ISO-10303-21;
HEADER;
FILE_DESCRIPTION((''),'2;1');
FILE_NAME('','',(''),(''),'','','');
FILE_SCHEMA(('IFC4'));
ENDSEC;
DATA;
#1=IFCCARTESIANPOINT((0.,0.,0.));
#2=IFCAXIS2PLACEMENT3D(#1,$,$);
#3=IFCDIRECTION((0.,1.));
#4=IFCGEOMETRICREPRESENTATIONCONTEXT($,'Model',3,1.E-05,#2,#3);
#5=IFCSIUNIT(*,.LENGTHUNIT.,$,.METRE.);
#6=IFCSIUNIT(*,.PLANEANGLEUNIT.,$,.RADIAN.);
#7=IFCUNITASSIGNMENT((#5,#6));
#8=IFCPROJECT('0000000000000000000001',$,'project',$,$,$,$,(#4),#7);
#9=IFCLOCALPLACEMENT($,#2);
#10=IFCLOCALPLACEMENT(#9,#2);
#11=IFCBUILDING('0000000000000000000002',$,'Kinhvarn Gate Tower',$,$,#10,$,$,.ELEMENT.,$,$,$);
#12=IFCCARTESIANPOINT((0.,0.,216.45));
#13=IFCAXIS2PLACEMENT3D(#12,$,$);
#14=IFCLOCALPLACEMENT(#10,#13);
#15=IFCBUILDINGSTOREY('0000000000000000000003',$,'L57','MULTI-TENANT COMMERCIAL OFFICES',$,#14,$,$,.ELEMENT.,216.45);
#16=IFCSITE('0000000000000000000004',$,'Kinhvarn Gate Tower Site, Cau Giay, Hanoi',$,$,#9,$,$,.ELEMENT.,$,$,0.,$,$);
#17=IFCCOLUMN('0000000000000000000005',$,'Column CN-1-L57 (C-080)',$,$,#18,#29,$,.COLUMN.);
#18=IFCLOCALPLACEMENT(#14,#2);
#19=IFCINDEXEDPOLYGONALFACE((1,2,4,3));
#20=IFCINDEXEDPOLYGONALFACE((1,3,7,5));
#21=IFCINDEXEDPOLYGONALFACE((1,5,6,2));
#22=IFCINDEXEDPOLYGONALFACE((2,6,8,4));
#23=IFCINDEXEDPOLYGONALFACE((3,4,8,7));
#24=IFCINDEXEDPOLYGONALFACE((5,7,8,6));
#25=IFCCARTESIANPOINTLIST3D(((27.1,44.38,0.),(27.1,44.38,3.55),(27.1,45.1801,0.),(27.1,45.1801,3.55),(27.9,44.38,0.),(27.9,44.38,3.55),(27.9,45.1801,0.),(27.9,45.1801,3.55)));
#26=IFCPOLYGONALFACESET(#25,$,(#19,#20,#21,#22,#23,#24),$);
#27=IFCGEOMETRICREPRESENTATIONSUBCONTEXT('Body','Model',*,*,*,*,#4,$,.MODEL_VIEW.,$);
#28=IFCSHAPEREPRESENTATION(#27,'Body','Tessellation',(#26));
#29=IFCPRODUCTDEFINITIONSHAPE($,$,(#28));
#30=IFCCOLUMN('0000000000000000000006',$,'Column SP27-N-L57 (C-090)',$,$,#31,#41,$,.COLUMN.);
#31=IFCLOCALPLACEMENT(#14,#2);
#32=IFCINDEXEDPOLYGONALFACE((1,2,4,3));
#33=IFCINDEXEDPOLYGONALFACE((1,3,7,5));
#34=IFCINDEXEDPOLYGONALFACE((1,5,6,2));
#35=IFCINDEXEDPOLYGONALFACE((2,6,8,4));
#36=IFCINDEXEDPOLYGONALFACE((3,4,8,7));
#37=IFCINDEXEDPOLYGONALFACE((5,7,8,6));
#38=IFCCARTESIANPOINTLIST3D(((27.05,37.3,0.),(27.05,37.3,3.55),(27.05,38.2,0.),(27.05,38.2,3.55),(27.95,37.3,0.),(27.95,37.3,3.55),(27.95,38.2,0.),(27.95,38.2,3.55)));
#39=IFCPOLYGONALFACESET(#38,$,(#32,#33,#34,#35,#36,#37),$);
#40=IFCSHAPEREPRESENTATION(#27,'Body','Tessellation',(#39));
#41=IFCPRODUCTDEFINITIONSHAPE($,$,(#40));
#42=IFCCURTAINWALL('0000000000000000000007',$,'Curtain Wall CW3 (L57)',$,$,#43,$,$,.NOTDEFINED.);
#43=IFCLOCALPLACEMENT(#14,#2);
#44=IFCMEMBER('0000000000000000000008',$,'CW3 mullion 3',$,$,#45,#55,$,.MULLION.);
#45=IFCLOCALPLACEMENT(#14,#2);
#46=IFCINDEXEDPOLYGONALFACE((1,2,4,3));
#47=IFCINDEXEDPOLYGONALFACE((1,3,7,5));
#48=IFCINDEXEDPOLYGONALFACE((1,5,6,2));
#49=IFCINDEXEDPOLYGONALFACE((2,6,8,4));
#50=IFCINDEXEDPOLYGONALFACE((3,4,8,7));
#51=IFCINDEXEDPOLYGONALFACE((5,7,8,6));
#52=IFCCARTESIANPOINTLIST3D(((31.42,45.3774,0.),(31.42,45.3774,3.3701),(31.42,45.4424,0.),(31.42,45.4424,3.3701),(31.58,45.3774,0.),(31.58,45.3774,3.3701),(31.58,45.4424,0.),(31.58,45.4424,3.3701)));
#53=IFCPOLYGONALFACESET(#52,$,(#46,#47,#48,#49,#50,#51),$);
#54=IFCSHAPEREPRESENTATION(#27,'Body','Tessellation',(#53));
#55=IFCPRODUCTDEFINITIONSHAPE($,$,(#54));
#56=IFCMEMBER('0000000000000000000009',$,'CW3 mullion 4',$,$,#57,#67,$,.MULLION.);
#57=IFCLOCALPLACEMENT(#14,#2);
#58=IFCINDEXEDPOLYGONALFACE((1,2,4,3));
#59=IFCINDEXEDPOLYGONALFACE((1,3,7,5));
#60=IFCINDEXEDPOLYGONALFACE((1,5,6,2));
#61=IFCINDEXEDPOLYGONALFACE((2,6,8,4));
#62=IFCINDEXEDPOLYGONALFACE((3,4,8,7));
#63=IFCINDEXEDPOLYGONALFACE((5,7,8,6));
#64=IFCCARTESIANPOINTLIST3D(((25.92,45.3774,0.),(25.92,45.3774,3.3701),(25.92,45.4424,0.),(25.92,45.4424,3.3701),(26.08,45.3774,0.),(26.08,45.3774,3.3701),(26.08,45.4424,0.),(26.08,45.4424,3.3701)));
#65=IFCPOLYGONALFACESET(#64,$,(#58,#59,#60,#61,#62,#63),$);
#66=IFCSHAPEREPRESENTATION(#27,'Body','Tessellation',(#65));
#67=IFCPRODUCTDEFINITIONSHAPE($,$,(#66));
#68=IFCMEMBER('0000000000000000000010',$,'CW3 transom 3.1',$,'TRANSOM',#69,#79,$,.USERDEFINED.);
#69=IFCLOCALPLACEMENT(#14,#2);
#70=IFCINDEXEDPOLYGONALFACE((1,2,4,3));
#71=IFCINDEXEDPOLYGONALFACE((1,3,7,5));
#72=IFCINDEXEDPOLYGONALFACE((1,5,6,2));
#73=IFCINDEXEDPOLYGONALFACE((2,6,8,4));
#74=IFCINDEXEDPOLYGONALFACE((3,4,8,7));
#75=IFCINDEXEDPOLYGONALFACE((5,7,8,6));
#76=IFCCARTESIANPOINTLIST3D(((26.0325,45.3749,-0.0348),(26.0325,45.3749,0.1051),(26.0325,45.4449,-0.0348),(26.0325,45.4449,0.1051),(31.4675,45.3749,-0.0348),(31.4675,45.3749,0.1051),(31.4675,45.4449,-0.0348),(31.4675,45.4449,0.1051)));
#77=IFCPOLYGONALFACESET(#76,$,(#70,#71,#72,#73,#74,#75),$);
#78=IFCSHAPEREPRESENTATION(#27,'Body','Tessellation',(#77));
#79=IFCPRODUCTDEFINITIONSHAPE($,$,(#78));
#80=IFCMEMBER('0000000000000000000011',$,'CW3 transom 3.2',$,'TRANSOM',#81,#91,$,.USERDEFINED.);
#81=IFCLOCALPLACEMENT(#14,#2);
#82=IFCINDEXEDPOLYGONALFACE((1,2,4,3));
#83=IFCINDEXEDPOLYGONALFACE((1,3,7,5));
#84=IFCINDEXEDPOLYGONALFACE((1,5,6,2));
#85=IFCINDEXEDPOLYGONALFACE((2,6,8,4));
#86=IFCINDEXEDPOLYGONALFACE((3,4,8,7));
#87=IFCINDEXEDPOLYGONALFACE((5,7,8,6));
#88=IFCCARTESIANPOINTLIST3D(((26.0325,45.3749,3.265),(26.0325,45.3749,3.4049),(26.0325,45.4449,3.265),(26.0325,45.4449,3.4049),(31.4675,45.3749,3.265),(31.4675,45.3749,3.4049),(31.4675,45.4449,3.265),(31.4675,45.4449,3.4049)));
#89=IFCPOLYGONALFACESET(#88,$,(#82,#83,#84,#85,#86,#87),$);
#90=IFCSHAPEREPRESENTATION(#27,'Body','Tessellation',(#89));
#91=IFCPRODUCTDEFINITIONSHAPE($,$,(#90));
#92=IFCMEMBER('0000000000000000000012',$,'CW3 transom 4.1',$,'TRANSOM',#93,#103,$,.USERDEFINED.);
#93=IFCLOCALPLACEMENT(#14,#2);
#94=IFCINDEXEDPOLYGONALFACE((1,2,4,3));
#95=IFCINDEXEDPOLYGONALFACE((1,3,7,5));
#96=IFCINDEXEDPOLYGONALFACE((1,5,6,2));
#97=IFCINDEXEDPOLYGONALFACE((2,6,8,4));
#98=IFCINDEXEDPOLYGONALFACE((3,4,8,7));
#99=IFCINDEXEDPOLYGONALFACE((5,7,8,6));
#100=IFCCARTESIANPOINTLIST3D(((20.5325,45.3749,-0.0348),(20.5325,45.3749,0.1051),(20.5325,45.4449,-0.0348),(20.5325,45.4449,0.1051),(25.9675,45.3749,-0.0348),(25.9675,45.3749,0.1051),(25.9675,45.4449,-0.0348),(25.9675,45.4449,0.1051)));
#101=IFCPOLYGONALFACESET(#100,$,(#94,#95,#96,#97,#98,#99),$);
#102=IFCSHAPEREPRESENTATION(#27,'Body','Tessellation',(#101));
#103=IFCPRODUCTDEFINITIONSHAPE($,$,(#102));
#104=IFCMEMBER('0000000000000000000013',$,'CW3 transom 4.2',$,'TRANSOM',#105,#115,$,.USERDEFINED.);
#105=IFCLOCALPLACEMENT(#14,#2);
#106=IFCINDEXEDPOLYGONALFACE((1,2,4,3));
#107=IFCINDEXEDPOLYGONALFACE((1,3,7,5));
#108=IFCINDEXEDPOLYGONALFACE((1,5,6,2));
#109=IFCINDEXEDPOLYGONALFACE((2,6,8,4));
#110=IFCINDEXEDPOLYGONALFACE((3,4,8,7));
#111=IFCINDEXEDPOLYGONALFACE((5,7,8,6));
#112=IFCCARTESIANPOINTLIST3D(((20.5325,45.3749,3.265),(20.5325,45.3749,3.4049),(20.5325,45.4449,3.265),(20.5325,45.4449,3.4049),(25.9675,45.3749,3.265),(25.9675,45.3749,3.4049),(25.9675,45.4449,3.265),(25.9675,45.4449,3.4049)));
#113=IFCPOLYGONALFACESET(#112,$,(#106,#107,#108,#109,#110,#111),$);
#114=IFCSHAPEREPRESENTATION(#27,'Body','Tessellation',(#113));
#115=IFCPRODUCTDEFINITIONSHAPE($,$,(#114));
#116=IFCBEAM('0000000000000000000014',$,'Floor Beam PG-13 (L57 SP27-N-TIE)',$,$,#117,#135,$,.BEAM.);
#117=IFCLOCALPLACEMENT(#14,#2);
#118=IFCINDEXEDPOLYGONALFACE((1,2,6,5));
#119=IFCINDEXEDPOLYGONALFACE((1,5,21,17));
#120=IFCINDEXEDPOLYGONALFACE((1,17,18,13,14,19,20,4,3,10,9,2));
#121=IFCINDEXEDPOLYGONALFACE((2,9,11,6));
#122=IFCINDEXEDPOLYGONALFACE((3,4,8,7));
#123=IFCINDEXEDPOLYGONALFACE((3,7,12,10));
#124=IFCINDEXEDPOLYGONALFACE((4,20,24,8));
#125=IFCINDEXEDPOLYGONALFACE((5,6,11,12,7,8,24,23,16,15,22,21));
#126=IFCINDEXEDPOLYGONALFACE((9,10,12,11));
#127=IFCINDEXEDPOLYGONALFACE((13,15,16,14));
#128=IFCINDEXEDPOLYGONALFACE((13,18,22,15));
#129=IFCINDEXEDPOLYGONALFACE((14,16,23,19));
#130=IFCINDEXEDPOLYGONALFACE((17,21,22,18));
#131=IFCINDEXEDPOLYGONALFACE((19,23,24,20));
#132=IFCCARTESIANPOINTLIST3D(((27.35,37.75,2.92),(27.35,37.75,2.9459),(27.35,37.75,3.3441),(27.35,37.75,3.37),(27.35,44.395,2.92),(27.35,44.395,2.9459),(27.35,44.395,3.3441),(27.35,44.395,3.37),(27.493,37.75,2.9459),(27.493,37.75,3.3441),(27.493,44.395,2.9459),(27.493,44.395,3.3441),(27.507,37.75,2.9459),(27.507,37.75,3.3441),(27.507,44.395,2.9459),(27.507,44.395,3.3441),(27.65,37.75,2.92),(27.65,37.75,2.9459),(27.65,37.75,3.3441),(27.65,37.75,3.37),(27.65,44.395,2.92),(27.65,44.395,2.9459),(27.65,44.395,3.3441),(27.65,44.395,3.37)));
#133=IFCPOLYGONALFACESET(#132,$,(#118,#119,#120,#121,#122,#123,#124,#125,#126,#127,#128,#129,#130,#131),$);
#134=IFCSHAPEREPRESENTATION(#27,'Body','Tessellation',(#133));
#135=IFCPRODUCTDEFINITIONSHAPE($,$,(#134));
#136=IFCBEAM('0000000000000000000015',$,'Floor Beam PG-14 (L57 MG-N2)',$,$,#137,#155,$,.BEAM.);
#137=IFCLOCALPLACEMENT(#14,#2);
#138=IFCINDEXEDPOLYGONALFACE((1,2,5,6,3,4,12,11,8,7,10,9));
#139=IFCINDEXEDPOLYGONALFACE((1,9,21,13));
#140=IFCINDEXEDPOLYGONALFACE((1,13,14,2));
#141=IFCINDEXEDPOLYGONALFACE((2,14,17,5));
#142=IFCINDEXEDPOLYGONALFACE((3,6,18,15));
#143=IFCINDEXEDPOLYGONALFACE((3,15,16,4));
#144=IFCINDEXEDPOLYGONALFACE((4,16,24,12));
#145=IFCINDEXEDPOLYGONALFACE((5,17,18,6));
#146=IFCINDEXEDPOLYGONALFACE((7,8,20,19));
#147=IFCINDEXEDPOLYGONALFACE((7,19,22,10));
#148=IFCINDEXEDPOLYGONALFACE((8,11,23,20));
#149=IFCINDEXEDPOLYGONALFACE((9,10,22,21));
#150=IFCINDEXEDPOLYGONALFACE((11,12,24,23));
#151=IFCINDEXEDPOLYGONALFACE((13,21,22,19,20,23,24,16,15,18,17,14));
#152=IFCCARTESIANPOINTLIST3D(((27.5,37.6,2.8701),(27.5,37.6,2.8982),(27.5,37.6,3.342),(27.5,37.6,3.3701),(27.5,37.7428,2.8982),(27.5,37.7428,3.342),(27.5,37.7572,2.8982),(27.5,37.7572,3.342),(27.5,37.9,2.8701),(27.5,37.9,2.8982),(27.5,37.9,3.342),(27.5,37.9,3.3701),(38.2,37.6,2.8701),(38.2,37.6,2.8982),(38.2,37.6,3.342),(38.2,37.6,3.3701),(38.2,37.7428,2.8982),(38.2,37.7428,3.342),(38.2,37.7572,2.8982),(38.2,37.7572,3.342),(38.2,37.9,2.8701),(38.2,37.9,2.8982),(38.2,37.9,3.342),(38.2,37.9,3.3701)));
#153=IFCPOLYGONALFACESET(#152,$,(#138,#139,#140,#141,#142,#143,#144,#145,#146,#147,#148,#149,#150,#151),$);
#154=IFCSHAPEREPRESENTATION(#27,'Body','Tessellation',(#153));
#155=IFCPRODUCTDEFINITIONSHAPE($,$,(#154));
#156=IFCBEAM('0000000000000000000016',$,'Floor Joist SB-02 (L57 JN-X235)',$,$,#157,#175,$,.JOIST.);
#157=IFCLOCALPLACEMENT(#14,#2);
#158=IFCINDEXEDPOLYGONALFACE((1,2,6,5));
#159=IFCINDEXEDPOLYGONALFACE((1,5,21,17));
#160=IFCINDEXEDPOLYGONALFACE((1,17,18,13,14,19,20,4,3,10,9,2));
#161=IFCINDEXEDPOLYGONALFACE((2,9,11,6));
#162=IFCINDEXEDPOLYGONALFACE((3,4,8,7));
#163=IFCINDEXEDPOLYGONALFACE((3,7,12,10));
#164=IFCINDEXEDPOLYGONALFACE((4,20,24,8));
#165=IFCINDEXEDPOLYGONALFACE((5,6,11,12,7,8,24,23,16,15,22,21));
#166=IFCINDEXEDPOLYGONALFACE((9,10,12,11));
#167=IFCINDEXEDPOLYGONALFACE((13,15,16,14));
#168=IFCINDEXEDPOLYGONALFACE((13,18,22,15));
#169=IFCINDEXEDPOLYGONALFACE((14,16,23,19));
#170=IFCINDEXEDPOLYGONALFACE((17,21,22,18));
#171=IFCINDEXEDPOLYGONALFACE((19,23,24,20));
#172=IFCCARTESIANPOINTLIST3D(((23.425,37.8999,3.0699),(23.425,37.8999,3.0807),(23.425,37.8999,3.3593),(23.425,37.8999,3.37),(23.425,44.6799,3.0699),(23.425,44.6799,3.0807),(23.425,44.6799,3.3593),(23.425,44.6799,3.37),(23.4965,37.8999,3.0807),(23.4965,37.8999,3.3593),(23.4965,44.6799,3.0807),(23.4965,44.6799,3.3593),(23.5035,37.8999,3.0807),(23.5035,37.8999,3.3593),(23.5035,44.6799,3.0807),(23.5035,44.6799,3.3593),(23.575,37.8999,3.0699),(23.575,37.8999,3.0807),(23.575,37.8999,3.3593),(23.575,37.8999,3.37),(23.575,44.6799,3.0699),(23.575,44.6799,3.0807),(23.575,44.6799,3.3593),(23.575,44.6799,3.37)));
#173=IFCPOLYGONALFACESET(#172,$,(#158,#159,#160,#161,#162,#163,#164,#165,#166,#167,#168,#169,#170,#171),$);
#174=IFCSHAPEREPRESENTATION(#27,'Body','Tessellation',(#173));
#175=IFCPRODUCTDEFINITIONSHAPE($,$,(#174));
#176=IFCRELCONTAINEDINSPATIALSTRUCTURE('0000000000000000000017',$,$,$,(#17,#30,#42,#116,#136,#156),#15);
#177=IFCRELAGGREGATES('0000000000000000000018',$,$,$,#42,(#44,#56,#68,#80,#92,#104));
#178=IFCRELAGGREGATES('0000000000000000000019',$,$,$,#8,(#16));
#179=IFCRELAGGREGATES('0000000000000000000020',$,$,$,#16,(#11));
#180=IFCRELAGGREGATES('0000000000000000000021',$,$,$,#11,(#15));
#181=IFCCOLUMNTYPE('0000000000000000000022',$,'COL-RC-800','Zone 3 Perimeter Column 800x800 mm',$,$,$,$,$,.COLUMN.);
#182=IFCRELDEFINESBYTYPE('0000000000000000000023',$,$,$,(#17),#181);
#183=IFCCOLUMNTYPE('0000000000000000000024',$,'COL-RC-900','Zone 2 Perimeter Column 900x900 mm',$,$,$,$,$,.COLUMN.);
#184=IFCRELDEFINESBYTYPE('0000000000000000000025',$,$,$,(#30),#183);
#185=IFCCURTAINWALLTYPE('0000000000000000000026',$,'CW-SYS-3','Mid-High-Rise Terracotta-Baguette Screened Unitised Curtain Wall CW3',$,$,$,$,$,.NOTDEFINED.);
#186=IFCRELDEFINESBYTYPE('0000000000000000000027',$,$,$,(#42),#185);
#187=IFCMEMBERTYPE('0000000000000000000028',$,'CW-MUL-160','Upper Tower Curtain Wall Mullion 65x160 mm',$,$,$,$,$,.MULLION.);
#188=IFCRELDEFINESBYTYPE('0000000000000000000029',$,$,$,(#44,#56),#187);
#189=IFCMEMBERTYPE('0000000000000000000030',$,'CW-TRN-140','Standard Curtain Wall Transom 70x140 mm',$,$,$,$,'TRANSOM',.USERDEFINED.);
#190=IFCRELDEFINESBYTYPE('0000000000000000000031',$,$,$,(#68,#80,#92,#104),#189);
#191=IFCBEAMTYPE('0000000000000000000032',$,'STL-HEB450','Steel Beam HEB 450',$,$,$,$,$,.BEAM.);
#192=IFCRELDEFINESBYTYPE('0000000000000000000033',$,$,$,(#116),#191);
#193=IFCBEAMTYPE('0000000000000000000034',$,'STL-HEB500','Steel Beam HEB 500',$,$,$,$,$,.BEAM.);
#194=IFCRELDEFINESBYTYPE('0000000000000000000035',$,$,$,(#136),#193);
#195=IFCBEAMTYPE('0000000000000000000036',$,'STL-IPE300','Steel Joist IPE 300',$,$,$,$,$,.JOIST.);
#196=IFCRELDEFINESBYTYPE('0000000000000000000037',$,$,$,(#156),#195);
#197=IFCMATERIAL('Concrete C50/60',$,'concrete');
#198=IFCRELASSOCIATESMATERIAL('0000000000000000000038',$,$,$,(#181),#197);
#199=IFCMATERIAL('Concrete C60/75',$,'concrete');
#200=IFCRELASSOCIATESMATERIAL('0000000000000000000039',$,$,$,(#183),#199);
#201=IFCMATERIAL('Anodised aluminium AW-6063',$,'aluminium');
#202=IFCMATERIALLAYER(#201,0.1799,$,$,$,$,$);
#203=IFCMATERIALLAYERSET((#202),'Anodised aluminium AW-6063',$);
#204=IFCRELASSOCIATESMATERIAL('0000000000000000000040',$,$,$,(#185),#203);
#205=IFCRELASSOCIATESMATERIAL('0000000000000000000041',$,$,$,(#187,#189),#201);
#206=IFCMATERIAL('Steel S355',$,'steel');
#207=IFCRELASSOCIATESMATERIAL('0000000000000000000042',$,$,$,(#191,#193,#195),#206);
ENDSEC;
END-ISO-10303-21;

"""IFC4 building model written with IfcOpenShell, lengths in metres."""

from ifc_helpers import new_model, si_unit, direction, frame, origin, origin_2d, place, context, subcontext, project, spatial, rectangle, i_section, extrude, material, layer, layer_set, material_profile, profile_set, type_object, element, aggregate, save


model = new_model("IFC4")

# Units and contexts
model_context = context("Model", 3, precision=1e-05, world=origin(), true_north=direction((0.0, 1.0)))
body_context = subcontext(model_context, "Body", "Model", "MODEL_VIEW")
ifc_project = project(units=[si_unit("LENGTHUNIT", "METRE"), si_unit("PLANEANGLEUNIT", "RADIAN")], contexts=[model_context])

# Site, building, storey
site_placement = place(None, origin())
site = spatial("IfcSite", under=ifc_project, at=site_placement, Name="Kinhvarn Gate Tower Site, Cau Giay, Hanoi", CompositionType="ELEMENT", RefElevation=0.0)
building_placement = place(site_placement, origin())
building = spatial("IfcBuilding", under=site, at=building_placement, Name="Kinhvarn Gate Tower", CompositionType="ELEMENT")
storey_placement = place(building_placement, frame((0.0, 0.0, 216.45)))
storey = spatial("IfcBuildingStorey", under=building, at=storey_placement, Name="L57", Description="MULTI-TENANT COMMERCIAL OFFICES", CompositionType="ELEMENT", Elevation=216.45)

# Columns
ifc_material_1 = material(Name="Concrete C50/60", Category="concrete")
ifc_material_profile_1 = material_profile(ifc_material_1, rectangle(XDim=0.8, YDim=0.8, at=origin_2d()), Name="RC 800x800")
ifc_profile_set_1 = profile_set([ifc_material_profile_1], Name="Concrete C50/60")
column_type_1 = type_object("IfcColumnType", Name="COL-RC-800", Description="Zone 3 Perimeter Column 800x800 mm", PredefinedType="COLUMN", material=ifc_profile_set_1)
column_1_placement = place(storey_placement, frame((27.5, 44.78, 0.0), z_axis=(0.0, 0.0, 1.0), x_axis=(1.0, 0.0, 0.0)))
element("IfcColumn", 1, at=column_1_placement, inside=storey, type_object=column_type_1, Name="Column CN-1-L57 (C-080)", PredefinedType="COLUMN", context=body_context, shape_type="SweptSolid", body=[
    extrude(rectangle(XDim=0.8, YDim=0.8, at=origin_2d()), origin(), (0.0, 0.0, 1.0), 3.55),
])
ifc_material_2 = material(Name="Concrete C60/75", Category="concrete")
ifc_material_profile_2 = material_profile(ifc_material_2, rectangle(XDim=0.8999, YDim=0.8999, at=origin_2d()), Name="RC 900x900")
ifc_profile_set_2 = profile_set([ifc_material_profile_2], Name="Concrete C60/75")
column_type_2 = type_object("IfcColumnType", Name="COL-RC-900", Description="Zone 2 Perimeter Column 900x900 mm", PredefinedType="COLUMN", material=ifc_profile_set_2)
column_2_placement = place(storey_placement, frame((27.5, 37.75, 0.0), z_axis=(0.0, 0.0, 1.0), x_axis=(1.0, 0.0, 0.0)))
element("IfcColumn", 2, at=column_2_placement, inside=storey, type_object=column_type_2, Name="Column SP27-N-L57 (C-090)", PredefinedType="COLUMN", context=body_context, shape_type="SweptSolid", body=[
    extrude(rectangle(XDim=0.8999, YDim=0.8999, at=origin_2d()), origin(), (0.0, 0.0, 1.0), 3.55),
])

# Curtain wall, members
ifc_material_3 = material(Name="Anodised aluminium AW-6063", Category="aluminium")
ifc_layer_1 = layer(ifc_material_3, 0.1799)
ifc_layer_set_1 = layer_set([ifc_layer_1], Name="Anodised aluminium AW-6063")
curtain_wall_type = type_object("IfcCurtainWallType", Name="CW-SYS-3", Description="Mid-High-Rise Terracotta-Baguette Screened Unitised Curtain Wall CW3", PredefinedType="NOTDEFINED", material=ifc_layer_set_1)
curtain_wall_placement = place(storey_placement, origin())
curtain_wall = element("IfcCurtainWall", 3, at=curtain_wall_placement, inside=storey, type_object=curtain_wall_type, Name="Curtain Wall CW3 (L57)", PredefinedType="NOTDEFINED")
ifc_material_profile_3 = material_profile(ifc_material_3, rectangle(XDim=0.0649, YDim=0.1599, at=origin_2d()), Name="ALU 65x160")
ifc_profile_set_3 = profile_set([ifc_material_profile_3], Name="Anodised aluminium AW-6063")
member_type_1 = type_object("IfcMemberType", Name="CW-MUL-160", Description="Upper Tower Curtain Wall Mullion 65x160 mm", PredefinedType="MULLION", material=ifc_profile_set_3)
member_1_placement = place(storey_placement, frame((31.5, 45.4099, 0.0), z_axis=(0.0, 0.0, 1.0), x_axis=(0.0, -1.0, 0.0)))
member_1 = element("IfcMember", 4, at=member_1_placement, type_object=member_type_1, Name="CW3 mullion 3", PredefinedType="MULLION", context=body_context, shape_type="SweptSolid", body=[
    extrude(rectangle(XDim=0.0649, YDim=0.1599, at=origin_2d()), origin(), (0.0, 0.0, 1.0), 3.3701),
])
member_2_placement = place(storey_placement, frame((26.0, 45.4099, 0.0), z_axis=(0.0, 0.0, 1.0), x_axis=(0.0, -1.0, 0.0)))
member_2 = element("IfcMember", 5, at=member_2_placement, type_object=member_type_1, Name="CW3 mullion 4", PredefinedType="MULLION", context=body_context, shape_type="SweptSolid", body=[
    extrude(rectangle(XDim=0.0649, YDim=0.1599, at=origin_2d()), origin(), (0.0, 0.0, 1.0), 3.3701),
])
ifc_material_profile_4 = material_profile(ifc_material_3, rectangle(XDim=0.0701, YDim=0.1399, at=origin_2d()), Name="ALU 70x140")
ifc_profile_set_4 = profile_set([ifc_material_profile_4], Name="Anodised aluminium AW-6063")
member_type_2 = type_object("IfcMemberType", Name="CW-TRN-140", Description="Standard Curtain Wall Transom 70x140 mm", ElementType="TRANSOM", PredefinedType="USERDEFINED", material=ifc_profile_set_4)
member_3_placement = place(storey_placement, frame((31.4675, 45.4099, 0.0352), z_axis=(-1.0, 0.0, 0.0), x_axis=(0.0, -1.0, 0.0)))
member_3 = element("IfcMember", 6, at=member_3_placement, type_object=member_type_2, Name="CW3 transom 3.1", ObjectType="TRANSOM", PredefinedType="USERDEFINED", context=body_context, shape_type="SweptSolid", body=[
    extrude(rectangle(XDim=0.0701, YDim=0.1399, at=origin_2d()), origin(), (0.0, 0.0, 1.0), 5.4351),
])
member_4_placement = place(storey_placement, frame((31.4675, 45.4099, 3.335), z_axis=(-1.0, 0.0, 0.0), x_axis=(0.0, -1.0, 0.0)))
member_4 = element("IfcMember", 7, at=member_4_placement, type_object=member_type_2, Name="CW3 transom 3.2", ObjectType="TRANSOM", PredefinedType="USERDEFINED", context=body_context, shape_type="SweptSolid", body=[
    extrude(rectangle(XDim=0.0701, YDim=0.1399, at=origin_2d()), origin(), (0.0, 0.0, 1.0), 5.4351),
])
member_5_placement = place(storey_placement, frame((25.9675, 45.4099, 0.0352), z_axis=(-1.0, 0.0, 0.0), x_axis=(0.0, -1.0, 0.0)))
member_5 = element("IfcMember", 8, at=member_5_placement, type_object=member_type_2, Name="CW3 transom 4.1", ObjectType="TRANSOM", PredefinedType="USERDEFINED", context=body_context, shape_type="SweptSolid", body=[
    extrude(rectangle(XDim=0.0701, YDim=0.1399, at=origin_2d()), origin(), (0.0, 0.0, 1.0), 5.4351),
])
member_6_placement = place(storey_placement, frame((25.9675, 45.4099, 3.335), z_axis=(-1.0, 0.0, 0.0), x_axis=(0.0, -1.0, 0.0)))
member_6 = element("IfcMember", 9, at=member_6_placement, type_object=member_type_2, Name="CW3 transom 4.2", ObjectType="TRANSOM", PredefinedType="USERDEFINED", context=body_context, shape_type="SweptSolid", body=[
    extrude(rectangle(XDim=0.0701, YDim=0.1399, at=origin_2d()), origin(), (0.0, 0.0, 1.0), 5.4351),
])

# Beams
ifc_material_4 = material(Name="Steel S355", Category="steel")
ifc_material_profile_5 = material_profile(ifc_material_4, i_section(OverallWidth=0.3, OverallDepth=0.45, WebThickness=0.0139, FlangeThickness=0.0259, at=origin_2d()), Name="HEB 450")
ifc_profile_set_5 = profile_set([ifc_material_profile_5], Name="Steel S355")
beam_type_1 = type_object("IfcBeamType", Name="STL-HEB450", Description="Steel Beam HEB 450", PredefinedType="BEAM", material=ifc_profile_set_5)
beam_1_placement = place(storey_placement, frame((27.5, 37.75, 3.145), z_axis=(0.0, 1.0, 0.0), x_axis=(-1.0, 0.0, 0.0)))
element("IfcBeam", 10, at=beam_1_placement, inside=storey, type_object=beam_type_1, Name="Floor Beam PG-13 (L57 SP27-N-TIE)", PredefinedType="BEAM", context=body_context, shape_type="SweptSolid", body=[
    extrude(i_section(OverallWidth=0.3, OverallDepth=0.45, WebThickness=0.0139, FlangeThickness=0.0259, at=origin_2d()), origin(), (0.0, 0.0, 1.0), 6.645),
])
ifc_material_profile_6 = material_profile(ifc_material_4, i_section(OverallWidth=0.3, OverallDepth=0.5, WebThickness=0.0144, FlangeThickness=0.0281, at=origin_2d()), Name="HEB 500")
ifc_profile_set_6 = profile_set([ifc_material_profile_6], Name="Steel S355")
beam_type_2 = type_object("IfcBeamType", Name="STL-HEB500", Description="Steel Beam HEB 500", PredefinedType="BEAM", material=ifc_profile_set_6)
beam_2_placement = place(storey_placement, frame((27.5, 37.75, 3.1201), z_axis=(1.0, 0.0, 0.0), x_axis=(0.0, 1.0, 0.0)))
element("IfcBeam", 11, at=beam_2_placement, inside=storey, type_object=beam_type_2, Name="Floor Beam PG-14 (L57 MG-N2)", PredefinedType="BEAM", context=body_context, shape_type="SweptSolid", body=[
    extrude(i_section(OverallWidth=0.3, OverallDepth=0.5, WebThickness=0.0144, FlangeThickness=0.0281, at=origin_2d()), origin(), (0.0, 0.0, 1.0), 10.7),
])
ifc_material_profile_7 = material_profile(ifc_material_4, i_section(OverallWidth=0.1499, OverallDepth=0.3, WebThickness=0.0071, FlangeThickness=0.0107, at=origin_2d()), Name="IPE 300")
ifc_profile_set_7 = profile_set([ifc_material_profile_7], Name="Steel S355")
beam_type_3 = type_object("IfcBeamType", Name="STL-IPE300", Description="Steel Joist IPE 300", PredefinedType="JOIST", material=ifc_profile_set_7)
for number, where, z_axis, x_axis, name in (
    (12, (23.5, 37.8999, 3.22), (0.0, 1.0, 0.0), (-1.0, 0.0, 0.0), "Floor Joist SB-02 (L57 JN-X235)"),
):
    element("IfcBeam", number, at=place(storey_placement, frame(where, z_axis=z_axis, x_axis=x_axis)), inside=storey, type_object=beam_type_3, Name=name, PredefinedType="JOIST", context=body_context, shape_type="SweptSolid", body=[
        extrude(i_section(OverallWidth=0.1499, OverallDepth=0.3, WebThickness=0.0071, FlangeThickness=0.0107, at=origin_2d()), origin(), (0.0, 0.0, 1.0), 6.78),
    ])

aggregate(curtain_wall, [member_1, member_2, member_3, member_4, member_5, member_6])

save(model, "model.ifc")
